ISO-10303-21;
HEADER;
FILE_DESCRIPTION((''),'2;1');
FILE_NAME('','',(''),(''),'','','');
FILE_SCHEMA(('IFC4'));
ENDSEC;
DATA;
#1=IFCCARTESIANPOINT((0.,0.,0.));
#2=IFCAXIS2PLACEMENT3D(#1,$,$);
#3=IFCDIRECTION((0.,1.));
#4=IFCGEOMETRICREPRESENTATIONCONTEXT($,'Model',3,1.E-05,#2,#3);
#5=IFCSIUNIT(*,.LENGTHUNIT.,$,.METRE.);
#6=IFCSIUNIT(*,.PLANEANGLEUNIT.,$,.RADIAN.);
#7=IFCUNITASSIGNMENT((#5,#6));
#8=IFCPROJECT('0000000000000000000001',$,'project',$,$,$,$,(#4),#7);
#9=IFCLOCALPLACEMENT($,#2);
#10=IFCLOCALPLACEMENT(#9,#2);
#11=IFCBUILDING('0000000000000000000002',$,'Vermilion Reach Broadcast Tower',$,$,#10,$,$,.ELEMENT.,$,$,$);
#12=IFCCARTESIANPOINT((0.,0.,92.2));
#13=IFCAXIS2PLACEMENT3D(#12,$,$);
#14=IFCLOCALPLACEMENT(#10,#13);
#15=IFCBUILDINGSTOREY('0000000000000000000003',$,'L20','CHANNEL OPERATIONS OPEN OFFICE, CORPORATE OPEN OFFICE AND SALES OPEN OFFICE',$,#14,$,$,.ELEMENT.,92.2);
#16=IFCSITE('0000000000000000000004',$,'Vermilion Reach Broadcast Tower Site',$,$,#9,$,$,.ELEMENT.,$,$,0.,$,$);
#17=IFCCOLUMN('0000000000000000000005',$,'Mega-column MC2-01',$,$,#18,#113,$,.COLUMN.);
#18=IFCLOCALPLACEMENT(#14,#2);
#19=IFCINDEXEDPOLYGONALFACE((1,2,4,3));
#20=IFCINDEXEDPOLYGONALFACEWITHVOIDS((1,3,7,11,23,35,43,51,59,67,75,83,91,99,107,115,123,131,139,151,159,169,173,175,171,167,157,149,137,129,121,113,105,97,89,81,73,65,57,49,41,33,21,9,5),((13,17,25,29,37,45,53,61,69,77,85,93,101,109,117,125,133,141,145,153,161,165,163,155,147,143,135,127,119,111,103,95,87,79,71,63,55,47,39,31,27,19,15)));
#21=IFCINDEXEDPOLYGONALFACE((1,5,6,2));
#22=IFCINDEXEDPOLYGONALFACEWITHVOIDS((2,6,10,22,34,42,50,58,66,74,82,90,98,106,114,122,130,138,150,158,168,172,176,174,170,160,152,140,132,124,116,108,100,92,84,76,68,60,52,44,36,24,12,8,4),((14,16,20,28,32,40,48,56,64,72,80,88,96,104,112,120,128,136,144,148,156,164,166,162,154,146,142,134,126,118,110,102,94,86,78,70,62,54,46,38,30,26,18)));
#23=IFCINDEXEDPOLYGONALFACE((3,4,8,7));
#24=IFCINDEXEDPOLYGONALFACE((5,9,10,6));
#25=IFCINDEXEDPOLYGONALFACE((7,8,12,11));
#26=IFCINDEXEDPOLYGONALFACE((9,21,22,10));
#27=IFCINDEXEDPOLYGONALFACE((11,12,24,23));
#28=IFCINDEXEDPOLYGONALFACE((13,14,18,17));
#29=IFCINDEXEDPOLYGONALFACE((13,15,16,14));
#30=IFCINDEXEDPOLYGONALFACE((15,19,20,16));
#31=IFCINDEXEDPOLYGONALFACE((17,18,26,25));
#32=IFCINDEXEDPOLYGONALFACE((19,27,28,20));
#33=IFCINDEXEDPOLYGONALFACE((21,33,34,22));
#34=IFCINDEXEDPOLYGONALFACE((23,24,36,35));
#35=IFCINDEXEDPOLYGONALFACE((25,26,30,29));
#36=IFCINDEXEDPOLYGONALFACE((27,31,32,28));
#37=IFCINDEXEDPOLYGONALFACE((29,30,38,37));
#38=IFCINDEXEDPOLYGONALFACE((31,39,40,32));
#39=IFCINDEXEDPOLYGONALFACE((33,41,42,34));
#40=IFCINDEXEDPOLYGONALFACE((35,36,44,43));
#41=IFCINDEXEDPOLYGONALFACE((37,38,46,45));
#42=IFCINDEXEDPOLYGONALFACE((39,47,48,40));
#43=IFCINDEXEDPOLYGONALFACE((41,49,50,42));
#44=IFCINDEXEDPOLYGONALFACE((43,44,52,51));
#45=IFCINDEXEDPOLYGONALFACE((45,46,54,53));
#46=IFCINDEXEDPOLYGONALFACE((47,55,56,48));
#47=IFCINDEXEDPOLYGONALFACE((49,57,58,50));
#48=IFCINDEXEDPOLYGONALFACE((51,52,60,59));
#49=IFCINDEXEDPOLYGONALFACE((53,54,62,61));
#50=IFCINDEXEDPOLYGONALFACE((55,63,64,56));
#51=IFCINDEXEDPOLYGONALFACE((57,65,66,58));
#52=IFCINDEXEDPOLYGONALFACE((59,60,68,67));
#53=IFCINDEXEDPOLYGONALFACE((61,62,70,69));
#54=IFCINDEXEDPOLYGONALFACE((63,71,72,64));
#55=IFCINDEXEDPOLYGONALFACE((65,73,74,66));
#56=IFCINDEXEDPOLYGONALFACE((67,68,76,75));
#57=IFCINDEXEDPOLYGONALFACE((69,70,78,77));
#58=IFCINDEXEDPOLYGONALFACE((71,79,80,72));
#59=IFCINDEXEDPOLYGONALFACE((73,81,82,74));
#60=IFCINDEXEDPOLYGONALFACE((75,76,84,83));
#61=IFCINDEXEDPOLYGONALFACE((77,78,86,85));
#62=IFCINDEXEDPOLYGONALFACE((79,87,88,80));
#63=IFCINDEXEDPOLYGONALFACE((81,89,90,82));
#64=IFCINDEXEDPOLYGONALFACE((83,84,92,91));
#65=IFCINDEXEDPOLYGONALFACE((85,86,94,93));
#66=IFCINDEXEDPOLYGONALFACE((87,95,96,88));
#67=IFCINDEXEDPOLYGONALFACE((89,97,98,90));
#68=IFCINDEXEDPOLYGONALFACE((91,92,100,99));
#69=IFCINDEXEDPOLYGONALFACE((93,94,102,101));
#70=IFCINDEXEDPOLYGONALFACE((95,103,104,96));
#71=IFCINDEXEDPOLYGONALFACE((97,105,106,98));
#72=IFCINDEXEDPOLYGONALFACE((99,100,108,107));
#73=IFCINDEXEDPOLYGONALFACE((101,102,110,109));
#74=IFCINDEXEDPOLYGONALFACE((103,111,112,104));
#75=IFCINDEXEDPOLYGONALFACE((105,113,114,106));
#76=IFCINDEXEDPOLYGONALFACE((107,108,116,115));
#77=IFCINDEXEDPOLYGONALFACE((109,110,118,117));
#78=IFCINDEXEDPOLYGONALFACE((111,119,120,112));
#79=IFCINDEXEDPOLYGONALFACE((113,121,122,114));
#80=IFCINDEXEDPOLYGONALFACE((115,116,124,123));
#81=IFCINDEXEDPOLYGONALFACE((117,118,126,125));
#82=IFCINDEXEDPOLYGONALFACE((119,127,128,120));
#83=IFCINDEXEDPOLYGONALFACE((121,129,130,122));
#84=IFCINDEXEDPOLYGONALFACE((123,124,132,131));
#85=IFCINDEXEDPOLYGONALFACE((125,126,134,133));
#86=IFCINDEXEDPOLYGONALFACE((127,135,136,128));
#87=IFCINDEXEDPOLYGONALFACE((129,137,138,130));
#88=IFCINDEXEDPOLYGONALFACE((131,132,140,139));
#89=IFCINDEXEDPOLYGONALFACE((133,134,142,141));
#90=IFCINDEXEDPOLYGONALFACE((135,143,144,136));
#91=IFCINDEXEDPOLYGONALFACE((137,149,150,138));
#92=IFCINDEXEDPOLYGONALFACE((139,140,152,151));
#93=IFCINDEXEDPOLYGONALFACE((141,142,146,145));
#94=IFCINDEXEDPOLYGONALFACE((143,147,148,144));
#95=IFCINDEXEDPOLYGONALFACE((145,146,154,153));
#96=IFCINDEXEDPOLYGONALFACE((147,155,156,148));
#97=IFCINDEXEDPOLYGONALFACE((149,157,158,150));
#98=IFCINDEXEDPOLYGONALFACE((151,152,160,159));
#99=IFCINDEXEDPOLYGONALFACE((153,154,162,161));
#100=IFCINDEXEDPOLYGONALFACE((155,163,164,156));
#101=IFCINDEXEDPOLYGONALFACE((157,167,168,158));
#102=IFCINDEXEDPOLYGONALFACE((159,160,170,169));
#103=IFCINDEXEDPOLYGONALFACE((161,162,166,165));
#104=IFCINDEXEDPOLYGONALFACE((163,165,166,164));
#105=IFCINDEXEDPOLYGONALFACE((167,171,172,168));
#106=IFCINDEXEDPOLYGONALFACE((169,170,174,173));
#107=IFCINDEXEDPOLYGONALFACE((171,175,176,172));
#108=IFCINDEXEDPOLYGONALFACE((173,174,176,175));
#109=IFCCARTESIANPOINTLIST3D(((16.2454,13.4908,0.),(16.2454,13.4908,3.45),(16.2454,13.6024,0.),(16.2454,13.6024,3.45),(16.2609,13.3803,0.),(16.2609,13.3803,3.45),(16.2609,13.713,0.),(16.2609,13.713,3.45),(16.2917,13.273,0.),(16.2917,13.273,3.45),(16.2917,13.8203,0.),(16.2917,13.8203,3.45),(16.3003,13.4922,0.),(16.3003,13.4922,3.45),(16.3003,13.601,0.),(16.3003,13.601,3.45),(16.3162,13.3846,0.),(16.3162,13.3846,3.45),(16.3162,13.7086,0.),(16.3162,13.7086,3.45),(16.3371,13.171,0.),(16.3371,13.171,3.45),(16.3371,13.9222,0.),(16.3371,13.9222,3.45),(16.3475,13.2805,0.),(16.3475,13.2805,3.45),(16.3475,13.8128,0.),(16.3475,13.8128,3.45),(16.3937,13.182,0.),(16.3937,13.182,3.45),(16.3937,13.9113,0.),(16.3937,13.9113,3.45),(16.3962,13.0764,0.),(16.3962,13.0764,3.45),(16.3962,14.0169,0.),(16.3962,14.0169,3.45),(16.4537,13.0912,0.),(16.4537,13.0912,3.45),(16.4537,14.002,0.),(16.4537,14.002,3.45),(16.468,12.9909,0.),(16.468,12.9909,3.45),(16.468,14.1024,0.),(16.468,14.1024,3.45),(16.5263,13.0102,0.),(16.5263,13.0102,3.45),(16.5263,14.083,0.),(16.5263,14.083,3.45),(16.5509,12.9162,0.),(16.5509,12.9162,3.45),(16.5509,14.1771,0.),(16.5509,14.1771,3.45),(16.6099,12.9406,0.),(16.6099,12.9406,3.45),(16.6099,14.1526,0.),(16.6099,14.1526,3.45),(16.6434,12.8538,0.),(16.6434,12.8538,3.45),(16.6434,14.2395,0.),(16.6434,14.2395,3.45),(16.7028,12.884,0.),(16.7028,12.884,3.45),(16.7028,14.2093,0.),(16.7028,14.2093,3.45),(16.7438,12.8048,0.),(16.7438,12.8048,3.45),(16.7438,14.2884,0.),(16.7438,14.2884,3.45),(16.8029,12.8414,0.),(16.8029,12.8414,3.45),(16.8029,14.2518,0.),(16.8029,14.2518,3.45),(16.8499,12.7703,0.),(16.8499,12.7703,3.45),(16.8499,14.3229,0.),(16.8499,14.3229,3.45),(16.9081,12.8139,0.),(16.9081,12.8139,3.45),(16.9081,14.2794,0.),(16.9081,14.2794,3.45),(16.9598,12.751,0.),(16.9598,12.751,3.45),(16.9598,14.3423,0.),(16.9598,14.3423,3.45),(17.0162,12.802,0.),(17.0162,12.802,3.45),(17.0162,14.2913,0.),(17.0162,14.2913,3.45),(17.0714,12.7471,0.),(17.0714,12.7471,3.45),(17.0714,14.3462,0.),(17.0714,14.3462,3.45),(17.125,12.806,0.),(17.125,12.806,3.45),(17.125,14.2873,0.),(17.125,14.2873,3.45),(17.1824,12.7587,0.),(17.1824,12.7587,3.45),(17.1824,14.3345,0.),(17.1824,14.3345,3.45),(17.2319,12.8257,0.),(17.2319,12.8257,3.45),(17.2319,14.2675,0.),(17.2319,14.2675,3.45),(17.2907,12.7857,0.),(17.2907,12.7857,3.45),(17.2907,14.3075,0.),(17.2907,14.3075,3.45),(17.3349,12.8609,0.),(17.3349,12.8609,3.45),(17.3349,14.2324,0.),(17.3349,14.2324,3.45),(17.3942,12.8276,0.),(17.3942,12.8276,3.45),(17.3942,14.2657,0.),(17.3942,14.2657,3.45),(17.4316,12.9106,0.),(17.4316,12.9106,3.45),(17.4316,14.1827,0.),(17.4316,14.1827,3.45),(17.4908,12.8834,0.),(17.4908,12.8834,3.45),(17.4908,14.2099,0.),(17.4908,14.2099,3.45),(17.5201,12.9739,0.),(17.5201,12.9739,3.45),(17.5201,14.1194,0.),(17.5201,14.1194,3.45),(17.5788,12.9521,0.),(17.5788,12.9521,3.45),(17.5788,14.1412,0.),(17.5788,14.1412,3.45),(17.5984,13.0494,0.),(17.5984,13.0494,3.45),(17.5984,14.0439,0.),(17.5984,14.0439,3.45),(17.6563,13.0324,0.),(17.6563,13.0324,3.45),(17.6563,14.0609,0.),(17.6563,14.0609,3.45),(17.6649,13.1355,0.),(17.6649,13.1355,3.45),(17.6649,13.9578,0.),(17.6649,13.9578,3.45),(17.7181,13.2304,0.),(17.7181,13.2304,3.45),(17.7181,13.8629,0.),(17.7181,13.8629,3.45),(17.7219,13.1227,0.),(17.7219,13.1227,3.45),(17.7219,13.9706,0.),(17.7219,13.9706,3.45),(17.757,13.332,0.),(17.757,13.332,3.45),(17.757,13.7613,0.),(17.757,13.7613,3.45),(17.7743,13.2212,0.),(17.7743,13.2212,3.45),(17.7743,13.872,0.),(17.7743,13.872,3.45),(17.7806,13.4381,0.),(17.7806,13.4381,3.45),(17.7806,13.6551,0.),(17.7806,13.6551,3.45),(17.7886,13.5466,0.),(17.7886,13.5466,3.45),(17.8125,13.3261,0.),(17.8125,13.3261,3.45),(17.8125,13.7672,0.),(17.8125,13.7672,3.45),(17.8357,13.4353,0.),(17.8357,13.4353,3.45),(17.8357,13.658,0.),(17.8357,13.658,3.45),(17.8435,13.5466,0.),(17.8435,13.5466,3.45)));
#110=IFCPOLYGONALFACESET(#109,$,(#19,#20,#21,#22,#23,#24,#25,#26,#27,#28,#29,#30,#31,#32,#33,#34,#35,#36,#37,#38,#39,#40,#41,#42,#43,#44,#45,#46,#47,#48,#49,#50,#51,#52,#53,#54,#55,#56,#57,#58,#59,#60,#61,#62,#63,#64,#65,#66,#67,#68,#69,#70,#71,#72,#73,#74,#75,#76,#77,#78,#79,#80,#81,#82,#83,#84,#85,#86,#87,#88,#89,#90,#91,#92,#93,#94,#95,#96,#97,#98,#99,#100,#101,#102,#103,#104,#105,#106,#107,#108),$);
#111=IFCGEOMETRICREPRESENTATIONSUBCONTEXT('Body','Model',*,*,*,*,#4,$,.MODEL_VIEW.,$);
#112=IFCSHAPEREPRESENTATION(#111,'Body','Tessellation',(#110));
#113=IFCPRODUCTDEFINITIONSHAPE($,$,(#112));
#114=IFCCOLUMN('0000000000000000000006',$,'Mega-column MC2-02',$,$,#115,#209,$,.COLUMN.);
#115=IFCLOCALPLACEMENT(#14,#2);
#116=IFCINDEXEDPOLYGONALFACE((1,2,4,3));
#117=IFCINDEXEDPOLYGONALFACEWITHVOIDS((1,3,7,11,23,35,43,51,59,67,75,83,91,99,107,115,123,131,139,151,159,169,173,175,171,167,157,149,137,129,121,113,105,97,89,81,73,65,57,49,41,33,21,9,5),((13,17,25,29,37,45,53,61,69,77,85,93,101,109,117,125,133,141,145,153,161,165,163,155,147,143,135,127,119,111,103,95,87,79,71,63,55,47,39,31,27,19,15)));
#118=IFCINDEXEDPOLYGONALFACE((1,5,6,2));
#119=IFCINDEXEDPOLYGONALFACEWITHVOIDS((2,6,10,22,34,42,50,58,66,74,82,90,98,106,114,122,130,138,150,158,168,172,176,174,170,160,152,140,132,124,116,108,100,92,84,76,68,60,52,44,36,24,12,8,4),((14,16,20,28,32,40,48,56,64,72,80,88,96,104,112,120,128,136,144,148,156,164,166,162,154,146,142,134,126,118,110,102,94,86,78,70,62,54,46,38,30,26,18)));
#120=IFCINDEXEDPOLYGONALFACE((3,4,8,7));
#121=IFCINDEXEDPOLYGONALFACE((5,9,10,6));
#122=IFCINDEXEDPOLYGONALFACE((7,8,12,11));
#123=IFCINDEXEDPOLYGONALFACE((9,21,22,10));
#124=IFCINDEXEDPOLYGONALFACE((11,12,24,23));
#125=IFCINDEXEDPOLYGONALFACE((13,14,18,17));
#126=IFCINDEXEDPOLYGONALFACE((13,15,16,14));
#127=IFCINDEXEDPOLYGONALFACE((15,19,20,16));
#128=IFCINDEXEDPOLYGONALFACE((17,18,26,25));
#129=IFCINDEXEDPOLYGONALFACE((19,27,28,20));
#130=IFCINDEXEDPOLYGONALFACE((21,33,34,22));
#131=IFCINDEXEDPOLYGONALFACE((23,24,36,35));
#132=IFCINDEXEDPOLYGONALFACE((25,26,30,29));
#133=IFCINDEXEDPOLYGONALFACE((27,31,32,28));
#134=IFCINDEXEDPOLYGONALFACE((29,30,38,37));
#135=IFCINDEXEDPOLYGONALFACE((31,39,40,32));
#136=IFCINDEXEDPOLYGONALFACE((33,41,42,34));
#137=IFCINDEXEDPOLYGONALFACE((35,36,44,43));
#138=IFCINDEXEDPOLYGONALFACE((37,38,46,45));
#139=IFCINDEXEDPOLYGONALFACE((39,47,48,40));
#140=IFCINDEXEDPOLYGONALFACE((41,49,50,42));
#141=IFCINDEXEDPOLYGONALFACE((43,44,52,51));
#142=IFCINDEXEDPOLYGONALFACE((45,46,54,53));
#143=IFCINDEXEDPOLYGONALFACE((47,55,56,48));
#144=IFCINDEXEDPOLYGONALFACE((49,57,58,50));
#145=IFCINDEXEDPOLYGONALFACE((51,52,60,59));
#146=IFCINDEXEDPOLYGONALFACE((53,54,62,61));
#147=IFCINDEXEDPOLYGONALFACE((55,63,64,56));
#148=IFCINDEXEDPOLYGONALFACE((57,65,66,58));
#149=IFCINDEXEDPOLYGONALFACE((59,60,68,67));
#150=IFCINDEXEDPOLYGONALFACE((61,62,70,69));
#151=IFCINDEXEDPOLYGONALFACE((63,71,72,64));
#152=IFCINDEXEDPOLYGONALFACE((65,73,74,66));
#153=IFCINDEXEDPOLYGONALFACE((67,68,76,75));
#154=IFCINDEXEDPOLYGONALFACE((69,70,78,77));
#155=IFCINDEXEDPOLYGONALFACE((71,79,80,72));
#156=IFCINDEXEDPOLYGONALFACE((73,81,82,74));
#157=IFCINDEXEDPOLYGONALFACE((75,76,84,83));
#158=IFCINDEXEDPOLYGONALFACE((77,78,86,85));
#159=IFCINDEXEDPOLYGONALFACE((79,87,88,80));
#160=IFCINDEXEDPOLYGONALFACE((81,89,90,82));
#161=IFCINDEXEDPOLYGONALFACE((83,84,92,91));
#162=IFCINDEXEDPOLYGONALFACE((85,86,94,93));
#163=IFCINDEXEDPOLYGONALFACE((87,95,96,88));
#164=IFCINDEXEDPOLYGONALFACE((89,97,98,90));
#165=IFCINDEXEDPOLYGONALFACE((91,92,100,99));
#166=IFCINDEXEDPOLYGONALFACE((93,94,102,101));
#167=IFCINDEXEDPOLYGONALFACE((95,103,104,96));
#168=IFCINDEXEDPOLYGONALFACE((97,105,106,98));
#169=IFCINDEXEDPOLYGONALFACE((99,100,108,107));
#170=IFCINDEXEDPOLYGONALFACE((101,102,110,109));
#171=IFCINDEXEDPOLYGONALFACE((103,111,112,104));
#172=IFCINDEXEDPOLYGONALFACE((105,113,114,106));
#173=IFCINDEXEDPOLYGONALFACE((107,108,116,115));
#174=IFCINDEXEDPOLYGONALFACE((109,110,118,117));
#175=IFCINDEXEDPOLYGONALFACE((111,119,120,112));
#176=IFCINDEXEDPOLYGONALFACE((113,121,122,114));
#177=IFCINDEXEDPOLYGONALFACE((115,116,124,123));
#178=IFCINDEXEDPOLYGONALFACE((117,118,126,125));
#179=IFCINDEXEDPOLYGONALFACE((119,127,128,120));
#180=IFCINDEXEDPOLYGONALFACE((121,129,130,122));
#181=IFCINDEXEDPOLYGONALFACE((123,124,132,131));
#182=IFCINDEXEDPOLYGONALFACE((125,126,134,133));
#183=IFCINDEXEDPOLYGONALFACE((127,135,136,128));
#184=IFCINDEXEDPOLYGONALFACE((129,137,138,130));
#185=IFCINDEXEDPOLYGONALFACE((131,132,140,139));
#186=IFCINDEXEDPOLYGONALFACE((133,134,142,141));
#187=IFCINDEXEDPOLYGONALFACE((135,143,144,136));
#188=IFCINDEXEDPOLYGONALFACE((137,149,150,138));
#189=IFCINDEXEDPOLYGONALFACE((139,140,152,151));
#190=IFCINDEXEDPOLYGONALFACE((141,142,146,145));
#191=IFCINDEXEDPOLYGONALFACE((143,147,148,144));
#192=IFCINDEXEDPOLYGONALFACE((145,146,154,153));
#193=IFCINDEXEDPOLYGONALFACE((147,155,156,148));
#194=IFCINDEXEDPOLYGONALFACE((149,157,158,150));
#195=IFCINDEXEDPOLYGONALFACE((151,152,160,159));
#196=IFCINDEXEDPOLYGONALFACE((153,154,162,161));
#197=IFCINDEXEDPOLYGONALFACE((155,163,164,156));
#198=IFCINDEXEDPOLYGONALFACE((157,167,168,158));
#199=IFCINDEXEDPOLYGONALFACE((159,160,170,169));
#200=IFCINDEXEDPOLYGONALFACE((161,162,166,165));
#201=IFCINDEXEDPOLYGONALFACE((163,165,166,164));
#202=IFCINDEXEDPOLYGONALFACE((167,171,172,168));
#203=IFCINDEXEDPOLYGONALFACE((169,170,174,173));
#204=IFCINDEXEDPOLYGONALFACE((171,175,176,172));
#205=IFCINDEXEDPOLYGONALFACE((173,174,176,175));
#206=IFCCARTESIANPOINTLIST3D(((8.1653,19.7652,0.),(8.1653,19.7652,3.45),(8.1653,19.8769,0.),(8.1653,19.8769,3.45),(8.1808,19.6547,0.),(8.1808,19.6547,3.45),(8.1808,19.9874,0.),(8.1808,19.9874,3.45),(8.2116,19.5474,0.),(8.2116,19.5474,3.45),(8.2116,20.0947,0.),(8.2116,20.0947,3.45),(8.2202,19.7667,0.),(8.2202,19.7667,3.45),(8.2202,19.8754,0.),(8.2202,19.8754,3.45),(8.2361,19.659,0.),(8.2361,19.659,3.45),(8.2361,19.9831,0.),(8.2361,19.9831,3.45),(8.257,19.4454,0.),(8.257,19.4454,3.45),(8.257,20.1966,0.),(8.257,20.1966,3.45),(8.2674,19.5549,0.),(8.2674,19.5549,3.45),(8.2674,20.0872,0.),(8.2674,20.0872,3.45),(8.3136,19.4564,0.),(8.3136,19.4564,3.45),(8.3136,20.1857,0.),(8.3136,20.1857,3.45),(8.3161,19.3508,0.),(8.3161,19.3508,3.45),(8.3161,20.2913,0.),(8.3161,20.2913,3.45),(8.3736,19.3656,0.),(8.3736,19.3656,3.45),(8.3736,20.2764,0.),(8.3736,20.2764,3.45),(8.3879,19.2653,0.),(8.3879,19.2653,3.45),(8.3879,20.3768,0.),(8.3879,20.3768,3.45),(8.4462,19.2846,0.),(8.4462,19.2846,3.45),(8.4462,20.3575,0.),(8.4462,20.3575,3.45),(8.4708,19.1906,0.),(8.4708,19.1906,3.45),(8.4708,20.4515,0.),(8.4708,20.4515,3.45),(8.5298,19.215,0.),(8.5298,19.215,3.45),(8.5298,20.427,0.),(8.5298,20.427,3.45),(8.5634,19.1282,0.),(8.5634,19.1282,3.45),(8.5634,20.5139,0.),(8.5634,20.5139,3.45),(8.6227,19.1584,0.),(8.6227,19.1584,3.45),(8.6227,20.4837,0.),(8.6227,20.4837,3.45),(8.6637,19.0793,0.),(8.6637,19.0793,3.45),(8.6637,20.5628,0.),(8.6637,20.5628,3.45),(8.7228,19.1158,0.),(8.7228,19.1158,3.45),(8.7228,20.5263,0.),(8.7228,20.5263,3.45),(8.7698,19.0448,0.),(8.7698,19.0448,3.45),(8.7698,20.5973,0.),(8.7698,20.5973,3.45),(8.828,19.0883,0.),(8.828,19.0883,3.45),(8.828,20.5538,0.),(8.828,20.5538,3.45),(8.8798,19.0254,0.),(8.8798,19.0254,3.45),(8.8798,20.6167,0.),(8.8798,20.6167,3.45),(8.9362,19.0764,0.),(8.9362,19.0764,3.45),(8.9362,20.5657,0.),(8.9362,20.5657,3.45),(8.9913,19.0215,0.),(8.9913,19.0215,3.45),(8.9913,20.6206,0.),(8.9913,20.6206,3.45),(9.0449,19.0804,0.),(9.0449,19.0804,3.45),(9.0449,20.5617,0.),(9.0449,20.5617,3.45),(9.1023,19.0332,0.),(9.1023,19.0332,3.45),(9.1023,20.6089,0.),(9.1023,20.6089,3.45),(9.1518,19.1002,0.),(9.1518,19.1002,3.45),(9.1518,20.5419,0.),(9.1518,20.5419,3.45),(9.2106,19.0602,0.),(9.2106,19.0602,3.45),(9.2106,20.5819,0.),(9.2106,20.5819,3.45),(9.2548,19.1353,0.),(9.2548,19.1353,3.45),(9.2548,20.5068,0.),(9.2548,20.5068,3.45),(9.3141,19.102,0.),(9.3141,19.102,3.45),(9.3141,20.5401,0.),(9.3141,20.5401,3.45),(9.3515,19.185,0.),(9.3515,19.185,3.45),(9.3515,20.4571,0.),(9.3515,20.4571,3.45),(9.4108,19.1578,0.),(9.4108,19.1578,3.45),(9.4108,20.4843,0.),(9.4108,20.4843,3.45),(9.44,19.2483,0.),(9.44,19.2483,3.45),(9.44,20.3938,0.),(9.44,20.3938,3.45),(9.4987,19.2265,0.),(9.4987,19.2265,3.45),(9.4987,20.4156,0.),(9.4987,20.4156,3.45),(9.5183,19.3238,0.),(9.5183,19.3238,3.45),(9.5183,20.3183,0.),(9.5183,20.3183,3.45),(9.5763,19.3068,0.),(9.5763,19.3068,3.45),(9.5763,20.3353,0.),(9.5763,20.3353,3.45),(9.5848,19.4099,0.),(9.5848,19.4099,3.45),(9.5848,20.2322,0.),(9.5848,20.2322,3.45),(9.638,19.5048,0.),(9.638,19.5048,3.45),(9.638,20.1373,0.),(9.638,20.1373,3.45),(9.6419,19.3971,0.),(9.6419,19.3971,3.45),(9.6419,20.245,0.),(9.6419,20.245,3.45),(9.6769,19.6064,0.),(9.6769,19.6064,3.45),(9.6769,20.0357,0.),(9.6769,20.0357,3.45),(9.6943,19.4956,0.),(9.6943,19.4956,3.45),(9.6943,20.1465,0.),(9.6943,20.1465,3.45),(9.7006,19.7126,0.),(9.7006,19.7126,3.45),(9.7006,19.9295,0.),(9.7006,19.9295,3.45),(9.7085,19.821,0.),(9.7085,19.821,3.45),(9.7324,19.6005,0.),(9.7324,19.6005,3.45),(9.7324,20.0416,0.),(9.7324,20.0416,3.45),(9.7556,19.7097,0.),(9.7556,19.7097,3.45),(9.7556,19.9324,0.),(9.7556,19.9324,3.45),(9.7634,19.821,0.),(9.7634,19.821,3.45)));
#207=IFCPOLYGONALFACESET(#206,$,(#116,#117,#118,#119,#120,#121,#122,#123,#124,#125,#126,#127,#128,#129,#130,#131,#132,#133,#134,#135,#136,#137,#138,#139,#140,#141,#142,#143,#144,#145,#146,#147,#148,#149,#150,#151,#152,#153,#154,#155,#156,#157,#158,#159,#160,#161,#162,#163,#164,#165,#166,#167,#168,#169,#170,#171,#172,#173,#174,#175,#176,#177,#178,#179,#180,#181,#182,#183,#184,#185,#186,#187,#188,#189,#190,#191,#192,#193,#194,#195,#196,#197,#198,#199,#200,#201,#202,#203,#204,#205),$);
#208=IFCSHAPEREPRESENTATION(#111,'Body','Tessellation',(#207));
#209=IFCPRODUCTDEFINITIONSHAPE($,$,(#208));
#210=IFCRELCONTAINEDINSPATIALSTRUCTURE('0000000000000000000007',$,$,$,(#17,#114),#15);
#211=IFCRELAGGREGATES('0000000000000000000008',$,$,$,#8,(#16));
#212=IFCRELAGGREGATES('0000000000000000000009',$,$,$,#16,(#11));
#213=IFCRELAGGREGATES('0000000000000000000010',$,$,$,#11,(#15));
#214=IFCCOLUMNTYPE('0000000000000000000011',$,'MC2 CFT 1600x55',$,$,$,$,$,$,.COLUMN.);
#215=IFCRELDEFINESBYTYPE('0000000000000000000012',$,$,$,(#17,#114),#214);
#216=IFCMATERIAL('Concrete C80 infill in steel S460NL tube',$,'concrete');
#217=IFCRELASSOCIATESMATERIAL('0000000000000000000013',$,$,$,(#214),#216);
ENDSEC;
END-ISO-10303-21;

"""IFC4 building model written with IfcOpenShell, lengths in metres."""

from ifc_helpers import new_model, si_unit, direction, frame, origin, origin_2d, place, context, subcontext, project, spatial, hollow_circle, extrude, material, material_profile, profile_set, type_object, element, save


model = new_model("IFC4")

# Units and contexts
model_context = context("Model", 3, precision=1e-05, world=origin(), true_north=direction((0.0, 1.0)))
body_context = subcontext(model_context, "Body", "Model", "MODEL_VIEW")
ifc_project = project(units=[si_unit("LENGTHUNIT", "METRE"), si_unit("PLANEANGLEUNIT", "RADIAN")], contexts=[model_context])

# Site, building, storey
site_placement = place(None, origin())
site = spatial("IfcSite", under=ifc_project, at=site_placement, Name="Vermilion Reach Broadcast Tower Site", CompositionType="ELEMENT", RefElevation=0.0)
building_placement = place(site_placement, origin())
building = spatial("IfcBuilding", under=site, at=building_placement, Name="Vermilion Reach Broadcast Tower", CompositionType="ELEMENT")
storey_placement = place(building_placement, frame((0.0, 0.0, 92.2)))
storey = spatial("IfcBuildingStorey", under=building, at=storey_placement, Name="L20", Description="CHANNEL OPERATIONS OPEN OFFICE, CORPORATE OPEN OFFICE AND SALES OPEN OFFICE", CompositionType="ELEMENT", Elevation=92.2)

# Columns
ifc_material_1 = material(Name="Concrete C80 infill in steel S460NL tube", Category="concrete")
ifc_material_profile_1 = material_profile(ifc_material_1, hollow_circle(Radius=0.8, WallThickness=0.0549, at=origin_2d()), Name="Concrete C80 infill in steel S460NL tube CFT 1600x55")
ifc_profile_set_1 = profile_set([ifc_material_profile_1], Name="Concrete C80 infill in steel S460NL tube")
column_type = type_object("IfcColumnType", Name="MC2 CFT 1600x55", PredefinedType="COLUMN", material=ifc_profile_set_1)
for number, where, z_axis, x_axis, name in (
    (1, (17.0435, 13.5466, 0.0), (0.0, 0.0, 1.0), (1.0, 0.0, 0.0), "Mega-column MC2-01"),
    (2, (8.9634, 19.821, 0.0), (0.0, 0.0, 1.0), (1.0, 0.0, 0.0), "Mega-column MC2-02"),
):
    element("IfcColumn", number, at=place(storey_placement, frame(where, z_axis=z_axis, x_axis=x_axis)), inside=storey, type_object=column_type, Name=name, PredefinedType="COLUMN", context=body_context, shape_type="SweptSolid", body=[
        extrude(hollow_circle(Radius=0.8, WallThickness=0.0549, at=origin_2d()), origin(), (0.0, 0.0, 1.0), 3.45),
    ])

save(model, "model.ifc")
